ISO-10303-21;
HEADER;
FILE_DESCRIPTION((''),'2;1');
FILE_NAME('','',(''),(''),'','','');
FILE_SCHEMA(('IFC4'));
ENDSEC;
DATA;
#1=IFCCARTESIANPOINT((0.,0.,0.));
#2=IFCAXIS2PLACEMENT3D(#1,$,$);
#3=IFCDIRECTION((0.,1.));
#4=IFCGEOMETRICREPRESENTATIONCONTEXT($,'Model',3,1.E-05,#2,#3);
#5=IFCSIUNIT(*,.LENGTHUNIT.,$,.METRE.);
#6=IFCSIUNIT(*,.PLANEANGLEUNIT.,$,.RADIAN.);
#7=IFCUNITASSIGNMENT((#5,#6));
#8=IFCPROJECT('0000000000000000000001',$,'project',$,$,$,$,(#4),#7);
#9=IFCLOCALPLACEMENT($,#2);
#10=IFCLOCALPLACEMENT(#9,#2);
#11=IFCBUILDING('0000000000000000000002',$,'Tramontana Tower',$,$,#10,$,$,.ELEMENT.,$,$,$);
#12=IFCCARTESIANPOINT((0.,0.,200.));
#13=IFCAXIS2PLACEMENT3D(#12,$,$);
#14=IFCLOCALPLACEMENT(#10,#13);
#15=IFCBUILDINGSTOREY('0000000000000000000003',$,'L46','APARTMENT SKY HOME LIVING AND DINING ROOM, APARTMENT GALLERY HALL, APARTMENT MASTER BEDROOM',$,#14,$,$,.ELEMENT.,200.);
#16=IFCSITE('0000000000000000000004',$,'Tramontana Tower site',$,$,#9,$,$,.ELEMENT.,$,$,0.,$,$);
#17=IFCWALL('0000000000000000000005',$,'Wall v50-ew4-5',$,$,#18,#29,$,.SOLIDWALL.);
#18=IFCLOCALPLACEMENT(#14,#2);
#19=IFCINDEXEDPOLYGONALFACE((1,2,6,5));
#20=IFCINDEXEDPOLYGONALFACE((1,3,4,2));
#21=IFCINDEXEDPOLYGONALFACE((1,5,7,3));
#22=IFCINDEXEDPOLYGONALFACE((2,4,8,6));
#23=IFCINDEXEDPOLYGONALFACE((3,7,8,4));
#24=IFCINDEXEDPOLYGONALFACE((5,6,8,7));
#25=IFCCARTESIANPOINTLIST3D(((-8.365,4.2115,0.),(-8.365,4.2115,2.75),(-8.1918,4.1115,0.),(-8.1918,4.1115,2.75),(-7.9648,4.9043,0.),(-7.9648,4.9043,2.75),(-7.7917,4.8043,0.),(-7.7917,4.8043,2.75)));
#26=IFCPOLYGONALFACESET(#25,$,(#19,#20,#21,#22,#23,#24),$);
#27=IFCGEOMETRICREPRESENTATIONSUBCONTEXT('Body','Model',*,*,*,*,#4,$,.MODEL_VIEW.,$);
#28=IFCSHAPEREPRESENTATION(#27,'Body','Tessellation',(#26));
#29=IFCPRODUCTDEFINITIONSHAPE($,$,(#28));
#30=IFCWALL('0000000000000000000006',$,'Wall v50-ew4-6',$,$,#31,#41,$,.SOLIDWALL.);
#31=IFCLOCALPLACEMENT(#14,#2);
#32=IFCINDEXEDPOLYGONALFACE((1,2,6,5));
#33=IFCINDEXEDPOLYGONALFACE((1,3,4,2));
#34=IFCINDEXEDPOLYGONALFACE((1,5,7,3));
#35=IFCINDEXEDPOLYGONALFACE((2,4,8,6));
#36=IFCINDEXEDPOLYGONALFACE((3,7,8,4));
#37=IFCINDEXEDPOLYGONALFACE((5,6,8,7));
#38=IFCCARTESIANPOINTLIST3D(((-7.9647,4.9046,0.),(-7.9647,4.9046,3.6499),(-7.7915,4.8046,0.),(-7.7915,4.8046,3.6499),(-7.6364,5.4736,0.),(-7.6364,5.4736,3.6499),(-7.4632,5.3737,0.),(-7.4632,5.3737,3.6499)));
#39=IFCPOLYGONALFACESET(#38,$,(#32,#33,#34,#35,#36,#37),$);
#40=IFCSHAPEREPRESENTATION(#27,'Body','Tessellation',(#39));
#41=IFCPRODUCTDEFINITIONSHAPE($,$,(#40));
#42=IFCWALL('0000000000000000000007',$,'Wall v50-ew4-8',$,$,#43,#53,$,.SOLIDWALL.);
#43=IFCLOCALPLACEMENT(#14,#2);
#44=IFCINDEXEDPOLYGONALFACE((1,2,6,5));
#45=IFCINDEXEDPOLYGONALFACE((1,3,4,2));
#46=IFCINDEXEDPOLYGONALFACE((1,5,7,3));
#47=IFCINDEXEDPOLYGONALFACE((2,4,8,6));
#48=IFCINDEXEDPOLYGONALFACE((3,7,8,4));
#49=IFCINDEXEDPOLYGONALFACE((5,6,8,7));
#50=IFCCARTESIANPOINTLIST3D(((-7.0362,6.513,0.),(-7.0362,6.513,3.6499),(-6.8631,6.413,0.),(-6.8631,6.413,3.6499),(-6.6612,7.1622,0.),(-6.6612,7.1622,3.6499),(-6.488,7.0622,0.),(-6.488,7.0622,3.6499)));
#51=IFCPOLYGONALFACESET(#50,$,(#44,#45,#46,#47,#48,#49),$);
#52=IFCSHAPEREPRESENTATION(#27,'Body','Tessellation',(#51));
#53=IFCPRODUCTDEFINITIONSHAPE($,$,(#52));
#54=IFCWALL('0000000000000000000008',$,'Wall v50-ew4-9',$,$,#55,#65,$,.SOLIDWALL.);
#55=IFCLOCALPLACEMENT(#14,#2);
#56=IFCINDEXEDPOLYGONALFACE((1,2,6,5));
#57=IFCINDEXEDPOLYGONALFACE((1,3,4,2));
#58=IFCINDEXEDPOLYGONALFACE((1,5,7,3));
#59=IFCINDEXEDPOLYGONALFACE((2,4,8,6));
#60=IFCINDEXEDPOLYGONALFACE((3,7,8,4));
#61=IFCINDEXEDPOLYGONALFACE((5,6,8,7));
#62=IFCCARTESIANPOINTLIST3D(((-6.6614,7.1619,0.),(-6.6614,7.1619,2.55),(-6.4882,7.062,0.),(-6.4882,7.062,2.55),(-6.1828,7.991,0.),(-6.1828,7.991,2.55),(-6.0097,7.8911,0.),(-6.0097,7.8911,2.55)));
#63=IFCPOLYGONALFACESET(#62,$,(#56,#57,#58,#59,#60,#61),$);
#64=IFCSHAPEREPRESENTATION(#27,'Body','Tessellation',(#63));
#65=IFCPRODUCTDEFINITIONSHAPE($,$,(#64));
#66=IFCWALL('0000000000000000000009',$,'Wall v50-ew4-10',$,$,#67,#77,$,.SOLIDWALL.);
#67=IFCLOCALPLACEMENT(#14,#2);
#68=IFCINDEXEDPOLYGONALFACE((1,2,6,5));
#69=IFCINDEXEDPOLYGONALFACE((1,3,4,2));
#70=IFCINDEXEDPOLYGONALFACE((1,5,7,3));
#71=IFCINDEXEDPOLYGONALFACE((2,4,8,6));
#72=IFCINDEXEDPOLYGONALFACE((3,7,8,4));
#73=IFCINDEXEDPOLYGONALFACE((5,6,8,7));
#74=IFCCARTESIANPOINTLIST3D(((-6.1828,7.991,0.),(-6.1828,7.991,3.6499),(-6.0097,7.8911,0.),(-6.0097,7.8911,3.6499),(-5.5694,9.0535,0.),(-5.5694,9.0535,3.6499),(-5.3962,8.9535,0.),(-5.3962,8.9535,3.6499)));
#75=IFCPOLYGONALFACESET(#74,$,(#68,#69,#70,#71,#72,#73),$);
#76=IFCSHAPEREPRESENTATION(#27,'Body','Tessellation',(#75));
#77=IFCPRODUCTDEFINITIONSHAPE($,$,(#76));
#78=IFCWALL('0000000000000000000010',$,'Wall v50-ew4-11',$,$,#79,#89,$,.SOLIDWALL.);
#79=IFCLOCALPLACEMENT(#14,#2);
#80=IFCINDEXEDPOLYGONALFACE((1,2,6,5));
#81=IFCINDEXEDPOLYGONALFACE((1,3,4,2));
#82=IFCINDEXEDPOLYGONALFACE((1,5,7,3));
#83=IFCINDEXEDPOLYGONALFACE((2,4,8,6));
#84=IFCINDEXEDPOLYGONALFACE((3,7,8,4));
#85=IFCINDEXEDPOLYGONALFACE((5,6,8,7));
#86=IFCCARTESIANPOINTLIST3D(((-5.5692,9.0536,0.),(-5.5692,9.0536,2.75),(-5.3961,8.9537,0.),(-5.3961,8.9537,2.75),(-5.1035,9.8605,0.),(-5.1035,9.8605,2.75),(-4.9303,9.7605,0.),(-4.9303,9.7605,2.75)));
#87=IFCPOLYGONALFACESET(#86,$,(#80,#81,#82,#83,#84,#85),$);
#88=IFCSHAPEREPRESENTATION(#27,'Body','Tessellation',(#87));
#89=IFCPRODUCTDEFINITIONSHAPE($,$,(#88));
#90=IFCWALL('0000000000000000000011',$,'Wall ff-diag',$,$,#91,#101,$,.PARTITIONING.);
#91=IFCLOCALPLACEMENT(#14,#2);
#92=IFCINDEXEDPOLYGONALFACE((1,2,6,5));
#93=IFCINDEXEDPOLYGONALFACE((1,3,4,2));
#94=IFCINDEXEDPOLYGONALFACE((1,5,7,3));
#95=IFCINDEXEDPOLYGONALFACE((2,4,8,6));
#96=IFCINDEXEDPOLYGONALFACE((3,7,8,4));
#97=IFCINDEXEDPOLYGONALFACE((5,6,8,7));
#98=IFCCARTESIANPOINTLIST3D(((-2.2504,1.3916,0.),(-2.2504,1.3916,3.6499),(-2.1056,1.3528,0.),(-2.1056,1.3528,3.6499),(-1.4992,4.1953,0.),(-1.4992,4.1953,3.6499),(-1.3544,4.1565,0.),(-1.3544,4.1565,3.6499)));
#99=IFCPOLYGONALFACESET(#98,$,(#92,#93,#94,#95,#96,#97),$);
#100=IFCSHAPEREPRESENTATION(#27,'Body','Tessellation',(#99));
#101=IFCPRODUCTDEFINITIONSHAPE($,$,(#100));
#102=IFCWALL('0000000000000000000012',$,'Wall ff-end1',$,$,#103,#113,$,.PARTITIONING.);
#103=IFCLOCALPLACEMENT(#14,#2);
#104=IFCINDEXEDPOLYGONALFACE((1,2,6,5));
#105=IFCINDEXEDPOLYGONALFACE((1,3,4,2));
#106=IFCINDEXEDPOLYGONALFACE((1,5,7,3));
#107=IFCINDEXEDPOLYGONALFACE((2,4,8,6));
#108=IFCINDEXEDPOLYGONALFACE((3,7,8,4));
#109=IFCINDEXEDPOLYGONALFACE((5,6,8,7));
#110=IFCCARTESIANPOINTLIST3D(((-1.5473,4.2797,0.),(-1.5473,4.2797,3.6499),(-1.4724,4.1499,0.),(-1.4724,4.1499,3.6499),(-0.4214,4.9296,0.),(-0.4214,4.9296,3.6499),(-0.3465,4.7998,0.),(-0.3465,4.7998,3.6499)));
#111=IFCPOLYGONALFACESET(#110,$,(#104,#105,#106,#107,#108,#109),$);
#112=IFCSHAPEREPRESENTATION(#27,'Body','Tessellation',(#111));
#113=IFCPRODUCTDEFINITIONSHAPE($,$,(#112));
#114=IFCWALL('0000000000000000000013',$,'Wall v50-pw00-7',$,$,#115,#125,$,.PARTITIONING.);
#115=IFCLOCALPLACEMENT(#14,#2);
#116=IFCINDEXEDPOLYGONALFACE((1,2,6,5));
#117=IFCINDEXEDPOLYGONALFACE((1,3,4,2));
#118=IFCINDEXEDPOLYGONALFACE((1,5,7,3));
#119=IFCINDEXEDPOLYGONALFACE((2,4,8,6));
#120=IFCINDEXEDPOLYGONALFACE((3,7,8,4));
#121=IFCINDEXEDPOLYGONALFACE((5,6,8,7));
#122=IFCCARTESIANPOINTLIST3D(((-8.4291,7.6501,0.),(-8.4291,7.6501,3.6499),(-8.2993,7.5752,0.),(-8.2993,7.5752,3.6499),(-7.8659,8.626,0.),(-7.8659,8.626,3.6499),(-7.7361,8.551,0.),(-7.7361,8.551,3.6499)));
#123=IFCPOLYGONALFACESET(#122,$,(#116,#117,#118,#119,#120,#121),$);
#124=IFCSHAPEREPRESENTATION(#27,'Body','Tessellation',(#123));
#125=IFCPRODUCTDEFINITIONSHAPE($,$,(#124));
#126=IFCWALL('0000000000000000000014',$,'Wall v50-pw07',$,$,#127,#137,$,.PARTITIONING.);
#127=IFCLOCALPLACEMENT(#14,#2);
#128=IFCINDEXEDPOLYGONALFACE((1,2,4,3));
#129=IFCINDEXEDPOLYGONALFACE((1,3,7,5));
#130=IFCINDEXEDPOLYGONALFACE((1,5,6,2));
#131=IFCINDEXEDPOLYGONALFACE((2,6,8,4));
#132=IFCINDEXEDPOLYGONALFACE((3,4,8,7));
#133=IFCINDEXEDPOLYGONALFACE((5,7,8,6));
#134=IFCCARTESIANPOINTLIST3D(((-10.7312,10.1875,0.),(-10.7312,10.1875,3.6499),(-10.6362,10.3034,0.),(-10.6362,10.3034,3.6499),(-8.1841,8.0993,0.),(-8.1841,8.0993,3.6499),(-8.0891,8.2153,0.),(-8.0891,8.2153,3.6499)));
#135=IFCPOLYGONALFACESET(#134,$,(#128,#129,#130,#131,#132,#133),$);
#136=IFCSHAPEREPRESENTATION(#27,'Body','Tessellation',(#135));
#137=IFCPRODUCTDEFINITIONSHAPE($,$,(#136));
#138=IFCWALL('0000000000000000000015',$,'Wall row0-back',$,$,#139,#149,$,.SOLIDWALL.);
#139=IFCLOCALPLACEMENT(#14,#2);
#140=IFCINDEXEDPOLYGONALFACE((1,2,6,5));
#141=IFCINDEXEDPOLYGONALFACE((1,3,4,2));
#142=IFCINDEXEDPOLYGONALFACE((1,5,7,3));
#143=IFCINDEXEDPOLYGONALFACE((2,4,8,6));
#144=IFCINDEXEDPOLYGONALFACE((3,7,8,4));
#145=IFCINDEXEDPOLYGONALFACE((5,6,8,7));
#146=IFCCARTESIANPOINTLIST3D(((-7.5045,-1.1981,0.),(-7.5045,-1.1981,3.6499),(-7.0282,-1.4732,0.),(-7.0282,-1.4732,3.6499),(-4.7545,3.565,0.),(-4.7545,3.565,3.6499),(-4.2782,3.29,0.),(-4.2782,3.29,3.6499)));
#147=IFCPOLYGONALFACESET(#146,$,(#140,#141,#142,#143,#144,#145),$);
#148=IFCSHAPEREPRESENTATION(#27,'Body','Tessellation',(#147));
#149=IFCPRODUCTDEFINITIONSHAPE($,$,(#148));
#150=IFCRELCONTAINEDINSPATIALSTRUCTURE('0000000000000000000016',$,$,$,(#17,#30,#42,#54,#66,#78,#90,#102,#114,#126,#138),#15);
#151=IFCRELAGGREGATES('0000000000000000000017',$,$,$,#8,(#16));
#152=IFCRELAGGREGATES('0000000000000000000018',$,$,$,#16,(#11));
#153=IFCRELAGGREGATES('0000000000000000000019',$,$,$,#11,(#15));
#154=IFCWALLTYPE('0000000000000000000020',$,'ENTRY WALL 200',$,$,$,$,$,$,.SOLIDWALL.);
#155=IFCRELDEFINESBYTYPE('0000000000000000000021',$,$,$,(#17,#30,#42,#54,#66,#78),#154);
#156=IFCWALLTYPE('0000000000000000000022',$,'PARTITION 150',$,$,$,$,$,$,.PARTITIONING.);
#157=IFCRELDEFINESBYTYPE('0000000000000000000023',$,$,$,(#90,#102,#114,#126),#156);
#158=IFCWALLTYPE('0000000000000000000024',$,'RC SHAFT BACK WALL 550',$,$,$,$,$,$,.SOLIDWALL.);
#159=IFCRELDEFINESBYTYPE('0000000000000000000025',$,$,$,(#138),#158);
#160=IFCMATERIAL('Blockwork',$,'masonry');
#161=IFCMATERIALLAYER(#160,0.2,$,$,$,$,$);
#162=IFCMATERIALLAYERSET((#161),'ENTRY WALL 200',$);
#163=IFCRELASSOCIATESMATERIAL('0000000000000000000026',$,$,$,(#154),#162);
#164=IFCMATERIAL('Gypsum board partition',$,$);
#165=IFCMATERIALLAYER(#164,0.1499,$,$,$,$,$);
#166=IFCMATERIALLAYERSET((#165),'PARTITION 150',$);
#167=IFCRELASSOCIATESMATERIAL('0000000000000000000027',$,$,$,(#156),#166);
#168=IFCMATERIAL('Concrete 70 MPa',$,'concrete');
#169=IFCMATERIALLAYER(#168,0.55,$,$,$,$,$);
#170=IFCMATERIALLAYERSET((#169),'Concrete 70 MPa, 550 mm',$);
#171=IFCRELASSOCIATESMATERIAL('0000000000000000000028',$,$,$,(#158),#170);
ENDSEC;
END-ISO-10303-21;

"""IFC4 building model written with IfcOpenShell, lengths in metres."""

from ifc_helpers import new_model, si_unit, direction, frame, frame_2d, origin, place, context, subcontext, project, spatial, rectangle, extrude, material, layer, layer_set, type_object, element, save


model = new_model("IFC4")

# Units and contexts
model_context = context("Model", 3, precision=1e-05, world=origin(), true_north=direction((0.0, 1.0)))
body_context = subcontext(model_context, "Body", "Model", "MODEL_VIEW")
ifc_project = project(units=[si_unit("LENGTHUNIT", "METRE"), si_unit("PLANEANGLEUNIT", "RADIAN")], contexts=[model_context])

# Site, building, storey
site_placement = place(None, origin())
site = spatial("IfcSite", under=ifc_project, at=site_placement, Name="Tramontana Tower site", CompositionType="ELEMENT", RefElevation=0.0)
building_placement = place(site_placement, origin())
building = spatial("IfcBuilding", under=site, at=building_placement, Name="Tramontana Tower", CompositionType="ELEMENT")
storey_placement = place(building_placement, frame((0.0, 0.0, 200.0)))
storey = spatial("IfcBuildingStorey", under=building, at=storey_placement, Name="L46", Description="APARTMENT SKY HOME LIVING AND DINING ROOM, APARTMENT GALLERY HALL, APARTMENT MASTER BEDROOM", CompositionType="ELEMENT", Elevation=200.0)

# Walls
ifc_material_1 = material(Name="Blockwork", Category="masonry")
ifc_layer_1 = layer(ifc_material_1, 0.2)
ifc_layer_set_1 = layer_set([ifc_layer_1], Name="ENTRY WALL 200")
wall_type_1 = type_object("IfcWallType", Name="ENTRY WALL 200", PredefinedType="SOLIDWALL", material=ifc_layer_set_1)
wall_1_placement = place(storey_placement, frame((-8.2783, 4.1616, 0.0), z_axis=(0.0, 0.0, 1.0), x_axis=(0.50011, 0.865962, 0.0)))
element("IfcWall", 1, at=wall_1_placement, inside=storey, type_object=wall_type_1, Name="Wall v50-ew4-5", PredefinedType="SOLIDWALL", context=body_context, shape_type="SweptSolid", body=[
    extrude(rectangle(XDim=0.8, YDim=0.2, at=frame_2d((0.3999, 0.0))), origin(), (0.0, 0.0, 1.0), 2.75),
])
wall_2_placement = place(storey_placement, frame((-7.8782, 4.8545, 0.0), z_axis=(0.0, 0.0, 1.0), x_axis=(0.499776, 0.866155, 0.0)))
element("IfcWall", 2, at=wall_2_placement, inside=storey, type_object=wall_type_1, Name="Wall v50-ew4-6", PredefinedType="SOLIDWALL", context=body_context, shape_type="SweptSolid", body=[
    extrude(rectangle(XDim=0.657, YDim=0.2, at=frame_2d((0.3286, 0.0))), origin(), (0.0, 0.0, 1.0), 3.6499),
])

# Walls
wall_3_placement = place(storey_placement, frame((-6.9497, 6.4629, 0.0), z_axis=(0.0, 0.0, 1.0), x_axis=(0.500202, 0.865909, 0.0)))
element("IfcWall", 3, at=wall_3_placement, inside=storey, type_object=wall_type_1, Name="Wall v50-ew4-8", PredefinedType="SOLIDWALL", context=body_context, shape_type="SweptSolid", body=[
    extrude(rectangle(XDim=0.7498, YDim=0.2, at=frame_2d((0.375, 0.0))), origin(), (0.0, 0.0, 1.0), 3.6499),
])
wall_4_placement = place(storey_placement, frame((-6.5747, 7.1121, 0.0), z_axis=(0.0, 0.0, 1.0), x_axis=(0.49987, 0.866101, 0.0)))
element("IfcWall", 4, at=wall_4_placement, inside=storey, type_object=wall_type_1, Name="Wall v50-ew4-9", PredefinedType="SOLIDWALL", context=body_context, shape_type="SweptSolid", body=[
    extrude(rectangle(XDim=0.9573, YDim=0.2, at=frame_2d((0.4785, 0.0))), origin(), (0.0, 0.0, 1.0), 2.55),
])
wall_5_placement = place(storey_placement, frame((-6.0962, 7.9412, 0.0), z_axis=(0.0, 0.0, 1.0), x_axis=(0.500055, 0.865993, 0.0)))
element("IfcWall", 5, at=wall_5_placement, inside=storey, type_object=wall_type_1, Name="Wall v50-ew4-10", PredefinedType="SOLIDWALL", context=body_context, shape_type="SweptSolid", body=[
    extrude(rectangle(XDim=1.2268, YDim=0.2, at=frame_2d((0.6133, 0.0))), origin(), (0.0, 0.0, 1.0), 3.6499),
])
wall_6_placement = place(storey_placement, frame((-5.4827, 9.0037, 0.0), z_axis=(0.0, 0.0, 1.0), x_axis=(0.499972, 0.866042, 0.0)))
element("IfcWall", 6, at=wall_6_placement, inside=storey, type_object=wall_type_1, Name="Wall v50-ew4-11", PredefinedType="SOLIDWALL", context=body_context, shape_type="SweptSolid", body=[
    extrude(rectangle(XDim=0.9316, YDim=0.2, at=frame_2d((0.4658, 0.0))), origin(), (0.0, 0.0, 1.0), 2.75),
])
ifc_material_2 = material(Name="Gypsum board partition")
ifc_layer_2 = layer(ifc_material_2, 0.1499)
ifc_layer_set_2 = layer_set([ifc_layer_2], Name="PARTITION 150")
wall_type_2 = type_object("IfcWallType", Name="PARTITION 150", PredefinedType="PARTITIONING", material=ifc_layer_set_2)
wall_7_placement = place(storey_placement, frame((-2.178, 1.3723, 0.0), z_axis=(0.0, 0.0, 1.0), x_axis=(0.258809, 0.965929, 0.0)))
element("IfcWall", 7, at=wall_7_placement, inside=storey, type_object=wall_type_2, Name="Wall ff-diag", PredefinedType="PARTITIONING", context=body_context, shape_type="SweptSolid", body=[
    extrude(rectangle(XDim=2.9026, YDim=0.1499, at=frame_2d((1.4512, 0.0))), origin(), (0.0, 0.0, 1.0), 3.6499),
])
wall_8_placement = place(storey_placement, frame((-1.5098, 4.2148, 0.0), z_axis=(0.0, 0.0, 1.0), x_axis=(0.866086, 0.499896, 0.0)))
element("IfcWall", 8, at=wall_8_placement, inside=storey, type_object=wall_type_2, Name="Wall ff-end1", PredefinedType="PARTITIONING", context=body_context, shape_type="SweptSolid", body=[
    extrude(rectangle(XDim=1.3, YDim=0.1499, at=frame_2d((0.6499, 0.0))), origin(), (0.0, 0.0, 1.0), 3.6499),
])
wall_9_placement = place(storey_placement, frame((-8.3643, 7.6125, 0.0), z_axis=(0.0, 0.0, 1.0), x_axis=(0.499891, 0.866088, 0.0)))
element("IfcWall", 9, at=wall_9_placement, inside=storey, type_object=wall_type_2, Name="Wall v50-pw00-7", PredefinedType="PARTITIONING", context=body_context, shape_type="SweptSolid", body=[
    extrude(rectangle(XDim=1.1267, YDim=0.1499, at=frame_2d((0.5635, 0.0))), origin(), (0.0, 0.0, 1.0), 3.6499),
])

# Walls
wall_10_placement = place(storey_placement, frame((-8.1365, 8.1572, 0.0), z_axis=(0.0, 0.0, 1.0), x_axis=(-0.773343, 0.633988, 0.0)))
element("IfcWall", 10, at=wall_10_placement, inside=storey, type_object=wall_type_2, Name="Wall v50-pw07", PredefinedType="PARTITIONING", context=body_context, shape_type="SweptSolid", body=[
    extrude(rectangle(XDim=3.2937, YDim=0.1499, at=frame_2d((1.647, 0.0))), origin(), (0.0, 0.0, 1.0), 3.6499),
])
ifc_material_3 = material(Name="Concrete 70 MPa", Category="concrete")
ifc_layer_3 = layer(ifc_material_3, 0.55)
ifc_layer_set_3 = layer_set([ifc_layer_3], Name="Concrete 70 MPa, 550 mm")
wall_type_3 = type_object("IfcWallType", Name="RC SHAFT BACK WALL 550", PredefinedType="SOLIDWALL", material=ifc_layer_set_3)
wall_11_placement = place(storey_placement, frame((-4.5164, 3.4275, 0.0), z_axis=(0.0, 0.0, 1.0), x_axis=(-0.499997, -0.866027, 0.0)))
element("IfcWall", 11, at=wall_11_placement, inside=storey, type_object=wall_type_3, Name="Wall row0-back", PredefinedType="SOLIDWALL", context=body_context, shape_type="SweptSolid", body=[
    extrude(rectangle(XDim=5.5, YDim=0.55, at=frame_2d((2.75, 0.0))), origin(), (0.0, 0.0, 1.0), 3.6499),
])

save(model, "model.ifc")
